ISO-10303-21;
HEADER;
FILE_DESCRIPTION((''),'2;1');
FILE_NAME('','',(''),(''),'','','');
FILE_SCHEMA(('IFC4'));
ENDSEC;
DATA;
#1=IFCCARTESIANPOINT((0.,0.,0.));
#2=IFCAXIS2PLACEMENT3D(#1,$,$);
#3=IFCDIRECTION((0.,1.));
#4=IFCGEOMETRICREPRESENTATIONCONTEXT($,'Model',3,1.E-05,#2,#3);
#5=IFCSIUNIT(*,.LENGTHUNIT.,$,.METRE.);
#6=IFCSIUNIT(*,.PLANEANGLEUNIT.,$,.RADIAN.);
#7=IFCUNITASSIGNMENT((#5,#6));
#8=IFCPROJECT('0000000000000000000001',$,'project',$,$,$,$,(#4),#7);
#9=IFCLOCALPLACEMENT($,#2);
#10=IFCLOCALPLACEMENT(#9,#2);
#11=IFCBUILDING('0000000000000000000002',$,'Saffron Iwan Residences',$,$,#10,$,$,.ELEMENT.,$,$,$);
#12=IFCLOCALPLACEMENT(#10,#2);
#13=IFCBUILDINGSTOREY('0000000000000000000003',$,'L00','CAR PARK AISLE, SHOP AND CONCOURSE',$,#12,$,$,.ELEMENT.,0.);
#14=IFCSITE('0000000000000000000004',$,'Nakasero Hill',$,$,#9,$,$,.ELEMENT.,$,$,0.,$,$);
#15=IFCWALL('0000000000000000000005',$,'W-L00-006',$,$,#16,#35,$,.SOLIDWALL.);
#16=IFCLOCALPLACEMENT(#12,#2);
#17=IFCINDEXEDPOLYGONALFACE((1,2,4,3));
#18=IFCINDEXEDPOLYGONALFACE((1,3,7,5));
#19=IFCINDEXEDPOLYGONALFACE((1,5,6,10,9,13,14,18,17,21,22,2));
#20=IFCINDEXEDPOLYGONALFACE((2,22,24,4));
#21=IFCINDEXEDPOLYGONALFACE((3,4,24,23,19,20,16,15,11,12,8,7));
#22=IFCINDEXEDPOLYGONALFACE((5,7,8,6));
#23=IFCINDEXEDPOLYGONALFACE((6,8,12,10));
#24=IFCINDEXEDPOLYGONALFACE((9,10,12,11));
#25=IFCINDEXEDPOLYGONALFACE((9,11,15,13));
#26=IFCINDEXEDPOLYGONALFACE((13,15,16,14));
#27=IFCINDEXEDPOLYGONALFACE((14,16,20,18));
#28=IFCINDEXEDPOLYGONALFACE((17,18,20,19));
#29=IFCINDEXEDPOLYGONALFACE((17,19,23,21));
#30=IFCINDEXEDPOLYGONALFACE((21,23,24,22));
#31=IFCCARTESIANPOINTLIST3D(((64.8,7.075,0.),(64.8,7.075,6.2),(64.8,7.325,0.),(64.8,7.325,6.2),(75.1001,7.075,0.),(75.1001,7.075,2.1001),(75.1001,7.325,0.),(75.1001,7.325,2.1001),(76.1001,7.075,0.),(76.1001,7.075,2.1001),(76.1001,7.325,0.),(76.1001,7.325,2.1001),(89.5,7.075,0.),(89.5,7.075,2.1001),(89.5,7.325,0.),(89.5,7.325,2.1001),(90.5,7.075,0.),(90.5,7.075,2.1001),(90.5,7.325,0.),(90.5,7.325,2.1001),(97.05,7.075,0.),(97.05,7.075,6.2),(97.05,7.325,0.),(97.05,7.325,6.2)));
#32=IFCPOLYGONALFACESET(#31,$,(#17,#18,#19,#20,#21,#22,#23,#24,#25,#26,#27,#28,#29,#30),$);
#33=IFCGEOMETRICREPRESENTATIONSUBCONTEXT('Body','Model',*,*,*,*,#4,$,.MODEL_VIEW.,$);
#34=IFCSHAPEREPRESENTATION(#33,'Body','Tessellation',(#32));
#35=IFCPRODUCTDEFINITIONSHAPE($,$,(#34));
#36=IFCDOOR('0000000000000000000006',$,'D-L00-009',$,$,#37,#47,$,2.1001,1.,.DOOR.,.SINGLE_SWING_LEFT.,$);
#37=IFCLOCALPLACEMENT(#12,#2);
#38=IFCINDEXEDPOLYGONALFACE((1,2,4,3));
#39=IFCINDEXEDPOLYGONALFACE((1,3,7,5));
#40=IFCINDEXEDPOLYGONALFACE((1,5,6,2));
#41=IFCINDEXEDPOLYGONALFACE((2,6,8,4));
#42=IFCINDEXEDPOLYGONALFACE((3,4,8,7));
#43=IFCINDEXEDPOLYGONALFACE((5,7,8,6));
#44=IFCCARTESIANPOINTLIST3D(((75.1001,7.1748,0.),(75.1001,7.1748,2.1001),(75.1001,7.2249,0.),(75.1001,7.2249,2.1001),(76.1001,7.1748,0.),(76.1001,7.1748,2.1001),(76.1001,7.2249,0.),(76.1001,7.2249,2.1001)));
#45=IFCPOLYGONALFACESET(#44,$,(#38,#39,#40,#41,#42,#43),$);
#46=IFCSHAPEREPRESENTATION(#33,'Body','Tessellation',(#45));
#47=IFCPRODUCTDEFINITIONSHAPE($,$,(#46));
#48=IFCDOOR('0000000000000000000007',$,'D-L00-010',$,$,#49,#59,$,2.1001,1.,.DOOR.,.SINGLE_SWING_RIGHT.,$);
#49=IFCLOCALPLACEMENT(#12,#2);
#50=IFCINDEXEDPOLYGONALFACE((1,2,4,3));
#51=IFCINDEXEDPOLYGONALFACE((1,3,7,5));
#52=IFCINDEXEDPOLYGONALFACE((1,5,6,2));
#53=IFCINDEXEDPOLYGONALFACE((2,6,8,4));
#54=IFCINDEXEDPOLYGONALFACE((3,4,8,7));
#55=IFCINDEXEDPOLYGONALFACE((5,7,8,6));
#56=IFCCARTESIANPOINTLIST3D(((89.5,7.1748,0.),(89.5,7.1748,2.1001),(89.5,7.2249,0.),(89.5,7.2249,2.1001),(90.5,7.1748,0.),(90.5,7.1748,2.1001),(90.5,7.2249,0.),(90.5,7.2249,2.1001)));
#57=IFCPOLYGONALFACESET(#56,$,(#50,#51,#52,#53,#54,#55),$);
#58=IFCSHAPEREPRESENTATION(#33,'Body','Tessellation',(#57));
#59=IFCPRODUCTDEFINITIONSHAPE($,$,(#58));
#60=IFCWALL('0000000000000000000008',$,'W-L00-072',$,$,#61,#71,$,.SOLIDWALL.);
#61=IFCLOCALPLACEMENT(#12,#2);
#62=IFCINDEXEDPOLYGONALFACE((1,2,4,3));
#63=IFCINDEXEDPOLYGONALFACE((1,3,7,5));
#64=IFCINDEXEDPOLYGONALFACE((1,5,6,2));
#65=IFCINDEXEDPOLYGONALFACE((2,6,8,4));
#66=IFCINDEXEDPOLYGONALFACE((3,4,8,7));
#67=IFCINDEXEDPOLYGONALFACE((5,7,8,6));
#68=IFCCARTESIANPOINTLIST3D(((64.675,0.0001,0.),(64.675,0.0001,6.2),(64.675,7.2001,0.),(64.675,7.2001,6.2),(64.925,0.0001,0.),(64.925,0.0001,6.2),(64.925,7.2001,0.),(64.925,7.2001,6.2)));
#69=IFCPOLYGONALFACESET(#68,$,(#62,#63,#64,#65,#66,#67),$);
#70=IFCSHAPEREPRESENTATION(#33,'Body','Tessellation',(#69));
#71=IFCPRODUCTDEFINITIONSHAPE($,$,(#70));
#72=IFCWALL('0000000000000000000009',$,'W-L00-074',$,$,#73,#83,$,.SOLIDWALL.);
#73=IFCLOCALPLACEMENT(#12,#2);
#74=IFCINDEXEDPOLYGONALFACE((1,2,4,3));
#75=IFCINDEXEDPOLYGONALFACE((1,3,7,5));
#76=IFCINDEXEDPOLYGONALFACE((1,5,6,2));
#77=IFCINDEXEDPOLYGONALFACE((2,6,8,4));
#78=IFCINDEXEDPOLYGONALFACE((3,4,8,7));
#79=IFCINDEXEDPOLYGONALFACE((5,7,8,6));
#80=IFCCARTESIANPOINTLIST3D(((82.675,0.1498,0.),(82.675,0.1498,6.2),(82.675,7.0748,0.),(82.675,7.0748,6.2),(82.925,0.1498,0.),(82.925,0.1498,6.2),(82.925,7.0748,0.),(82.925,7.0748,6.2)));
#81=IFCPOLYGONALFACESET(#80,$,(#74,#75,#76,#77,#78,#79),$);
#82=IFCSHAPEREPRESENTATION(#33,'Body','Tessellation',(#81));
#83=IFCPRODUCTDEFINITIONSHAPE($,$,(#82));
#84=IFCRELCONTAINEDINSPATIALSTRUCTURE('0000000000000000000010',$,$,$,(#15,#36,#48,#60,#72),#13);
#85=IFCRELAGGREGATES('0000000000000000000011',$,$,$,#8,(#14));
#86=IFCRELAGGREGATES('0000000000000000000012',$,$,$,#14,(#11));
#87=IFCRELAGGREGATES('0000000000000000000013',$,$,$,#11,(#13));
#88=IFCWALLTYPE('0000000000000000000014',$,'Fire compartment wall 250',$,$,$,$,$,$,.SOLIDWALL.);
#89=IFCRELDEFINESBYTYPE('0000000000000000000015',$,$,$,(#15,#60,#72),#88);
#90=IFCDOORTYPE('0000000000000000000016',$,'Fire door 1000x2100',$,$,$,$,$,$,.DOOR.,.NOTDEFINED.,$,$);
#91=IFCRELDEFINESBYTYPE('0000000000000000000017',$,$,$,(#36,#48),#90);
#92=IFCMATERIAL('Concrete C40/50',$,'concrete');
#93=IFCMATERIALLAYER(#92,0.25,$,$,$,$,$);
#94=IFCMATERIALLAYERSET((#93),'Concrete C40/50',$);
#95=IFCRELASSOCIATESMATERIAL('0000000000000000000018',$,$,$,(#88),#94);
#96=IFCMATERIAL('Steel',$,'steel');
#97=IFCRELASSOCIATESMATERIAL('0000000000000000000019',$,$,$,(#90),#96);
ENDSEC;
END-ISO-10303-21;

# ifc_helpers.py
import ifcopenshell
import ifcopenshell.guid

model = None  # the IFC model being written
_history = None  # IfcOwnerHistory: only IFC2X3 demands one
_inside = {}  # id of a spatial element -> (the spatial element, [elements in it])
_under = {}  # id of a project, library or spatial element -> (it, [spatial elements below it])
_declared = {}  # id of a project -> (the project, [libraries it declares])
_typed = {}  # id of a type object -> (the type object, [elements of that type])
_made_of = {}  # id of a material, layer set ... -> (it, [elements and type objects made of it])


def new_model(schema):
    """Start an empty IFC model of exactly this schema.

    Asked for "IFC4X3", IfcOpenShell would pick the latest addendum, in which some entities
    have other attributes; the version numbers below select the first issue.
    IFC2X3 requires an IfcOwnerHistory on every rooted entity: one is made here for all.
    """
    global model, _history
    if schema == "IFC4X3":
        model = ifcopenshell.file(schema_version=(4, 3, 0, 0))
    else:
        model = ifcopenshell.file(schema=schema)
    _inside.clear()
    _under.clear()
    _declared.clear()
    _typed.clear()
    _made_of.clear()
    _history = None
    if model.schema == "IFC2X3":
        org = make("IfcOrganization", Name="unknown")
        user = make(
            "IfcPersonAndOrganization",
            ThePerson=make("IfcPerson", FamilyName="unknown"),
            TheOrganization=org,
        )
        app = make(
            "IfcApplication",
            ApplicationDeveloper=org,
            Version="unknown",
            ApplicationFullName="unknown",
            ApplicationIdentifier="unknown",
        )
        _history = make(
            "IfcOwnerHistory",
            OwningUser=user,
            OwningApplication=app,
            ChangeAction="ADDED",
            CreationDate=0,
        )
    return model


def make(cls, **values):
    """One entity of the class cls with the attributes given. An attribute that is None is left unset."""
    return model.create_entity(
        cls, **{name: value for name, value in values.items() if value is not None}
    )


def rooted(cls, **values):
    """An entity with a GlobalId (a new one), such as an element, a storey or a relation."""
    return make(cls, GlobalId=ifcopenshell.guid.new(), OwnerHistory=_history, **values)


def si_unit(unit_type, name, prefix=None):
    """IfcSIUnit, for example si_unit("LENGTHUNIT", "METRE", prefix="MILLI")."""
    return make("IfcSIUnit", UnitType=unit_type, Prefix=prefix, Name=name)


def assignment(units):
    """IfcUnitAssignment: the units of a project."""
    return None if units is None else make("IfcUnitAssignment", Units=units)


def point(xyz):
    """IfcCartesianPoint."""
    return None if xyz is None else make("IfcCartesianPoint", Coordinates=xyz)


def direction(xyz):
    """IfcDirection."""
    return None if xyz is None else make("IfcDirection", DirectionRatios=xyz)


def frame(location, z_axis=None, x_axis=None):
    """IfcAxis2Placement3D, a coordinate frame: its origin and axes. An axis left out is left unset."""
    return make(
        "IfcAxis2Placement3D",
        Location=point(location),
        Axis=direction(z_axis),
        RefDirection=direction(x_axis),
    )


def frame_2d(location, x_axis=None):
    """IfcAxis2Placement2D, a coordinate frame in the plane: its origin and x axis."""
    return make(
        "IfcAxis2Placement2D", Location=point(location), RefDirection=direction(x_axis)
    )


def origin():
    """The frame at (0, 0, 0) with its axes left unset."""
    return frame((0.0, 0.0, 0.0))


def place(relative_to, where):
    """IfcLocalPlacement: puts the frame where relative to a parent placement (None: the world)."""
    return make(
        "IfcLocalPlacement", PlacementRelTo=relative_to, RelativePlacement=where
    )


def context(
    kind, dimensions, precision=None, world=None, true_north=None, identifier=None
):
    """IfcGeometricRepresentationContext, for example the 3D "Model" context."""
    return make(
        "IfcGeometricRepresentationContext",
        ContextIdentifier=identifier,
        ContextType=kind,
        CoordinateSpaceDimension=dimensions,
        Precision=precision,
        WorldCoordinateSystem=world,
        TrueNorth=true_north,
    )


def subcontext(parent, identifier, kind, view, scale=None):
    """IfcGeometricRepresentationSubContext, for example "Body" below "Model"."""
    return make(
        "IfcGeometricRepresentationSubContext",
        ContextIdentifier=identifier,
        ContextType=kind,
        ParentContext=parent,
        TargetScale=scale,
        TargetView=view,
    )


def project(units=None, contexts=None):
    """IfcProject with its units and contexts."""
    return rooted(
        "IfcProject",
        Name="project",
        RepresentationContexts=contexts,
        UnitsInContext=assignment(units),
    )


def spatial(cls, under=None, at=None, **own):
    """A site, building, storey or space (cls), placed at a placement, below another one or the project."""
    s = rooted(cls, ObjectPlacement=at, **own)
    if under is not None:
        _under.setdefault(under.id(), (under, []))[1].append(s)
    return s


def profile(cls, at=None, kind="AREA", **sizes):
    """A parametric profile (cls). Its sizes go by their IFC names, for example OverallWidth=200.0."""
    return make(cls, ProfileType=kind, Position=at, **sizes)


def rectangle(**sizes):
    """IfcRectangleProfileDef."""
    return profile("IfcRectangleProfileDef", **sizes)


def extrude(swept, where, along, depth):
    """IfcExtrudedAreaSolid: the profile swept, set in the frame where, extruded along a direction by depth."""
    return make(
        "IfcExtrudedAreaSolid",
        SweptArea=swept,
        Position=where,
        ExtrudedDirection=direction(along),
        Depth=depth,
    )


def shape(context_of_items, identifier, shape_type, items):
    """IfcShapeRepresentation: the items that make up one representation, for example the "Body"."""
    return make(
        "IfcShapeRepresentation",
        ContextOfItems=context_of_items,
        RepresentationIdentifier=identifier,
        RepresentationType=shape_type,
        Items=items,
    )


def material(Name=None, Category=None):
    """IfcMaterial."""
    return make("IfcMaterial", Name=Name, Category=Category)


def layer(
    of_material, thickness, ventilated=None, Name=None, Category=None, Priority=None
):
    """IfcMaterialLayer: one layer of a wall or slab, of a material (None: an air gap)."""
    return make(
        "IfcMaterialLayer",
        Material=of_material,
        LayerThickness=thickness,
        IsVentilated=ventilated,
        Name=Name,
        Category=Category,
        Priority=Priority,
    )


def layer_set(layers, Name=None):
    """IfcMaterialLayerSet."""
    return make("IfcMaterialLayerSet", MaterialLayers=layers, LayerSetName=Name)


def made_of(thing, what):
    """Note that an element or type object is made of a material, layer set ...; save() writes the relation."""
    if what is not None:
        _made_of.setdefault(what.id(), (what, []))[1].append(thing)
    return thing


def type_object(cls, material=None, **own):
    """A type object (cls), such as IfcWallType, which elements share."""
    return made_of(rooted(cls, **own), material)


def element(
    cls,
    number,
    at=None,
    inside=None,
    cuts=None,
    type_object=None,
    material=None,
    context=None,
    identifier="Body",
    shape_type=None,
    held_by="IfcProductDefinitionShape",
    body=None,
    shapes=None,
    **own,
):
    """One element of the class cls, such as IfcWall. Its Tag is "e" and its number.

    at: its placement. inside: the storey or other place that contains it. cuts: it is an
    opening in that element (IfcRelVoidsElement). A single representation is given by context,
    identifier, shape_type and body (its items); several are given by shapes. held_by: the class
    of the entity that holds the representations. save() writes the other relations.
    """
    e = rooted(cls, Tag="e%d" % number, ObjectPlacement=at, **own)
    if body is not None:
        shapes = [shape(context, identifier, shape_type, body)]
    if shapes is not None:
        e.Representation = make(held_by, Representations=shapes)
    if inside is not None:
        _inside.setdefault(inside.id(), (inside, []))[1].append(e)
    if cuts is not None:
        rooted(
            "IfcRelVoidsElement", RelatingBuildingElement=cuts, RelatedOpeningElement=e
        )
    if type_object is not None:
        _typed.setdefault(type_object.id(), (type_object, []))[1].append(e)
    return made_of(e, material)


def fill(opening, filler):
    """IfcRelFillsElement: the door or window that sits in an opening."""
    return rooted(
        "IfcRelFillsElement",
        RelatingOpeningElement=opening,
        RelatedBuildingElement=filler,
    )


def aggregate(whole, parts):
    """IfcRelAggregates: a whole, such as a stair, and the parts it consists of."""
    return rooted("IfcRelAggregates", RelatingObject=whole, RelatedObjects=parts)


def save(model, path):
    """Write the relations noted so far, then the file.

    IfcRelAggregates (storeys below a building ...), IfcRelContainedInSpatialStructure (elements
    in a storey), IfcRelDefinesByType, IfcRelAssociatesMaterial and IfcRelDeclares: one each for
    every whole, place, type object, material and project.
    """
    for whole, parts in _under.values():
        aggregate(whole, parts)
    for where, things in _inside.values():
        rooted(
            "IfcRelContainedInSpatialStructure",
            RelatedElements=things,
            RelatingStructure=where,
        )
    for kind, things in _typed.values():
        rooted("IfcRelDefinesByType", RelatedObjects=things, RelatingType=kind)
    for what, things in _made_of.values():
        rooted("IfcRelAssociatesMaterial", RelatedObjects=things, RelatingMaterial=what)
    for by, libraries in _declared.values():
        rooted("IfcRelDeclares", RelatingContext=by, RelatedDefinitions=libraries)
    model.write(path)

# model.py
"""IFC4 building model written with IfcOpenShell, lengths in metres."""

from ifc_helpers import new_model, si_unit, direction, frame, frame_2d, origin, place, context, subcontext, project, spatial, rectangle, extrude, material, layer, layer_set, type_object, element, fill, save


model = new_model("IFC4")

# Units and contexts
model_context = context("Model", 3, precision=1e-05, world=origin(), true_north=direction((0.0, 1.0)))
body_context = subcontext(model_context, "Body", "Model", "MODEL_VIEW")
ifc_project = project(units=[si_unit("LENGTHUNIT", "METRE"), si_unit("PLANEANGLEUNIT", "RADIAN")], contexts=[model_context])

# Site, building, storey
site_placement = place(None, origin())
site = spatial("IfcSite", under=ifc_project, at=site_placement, Name="Nakasero Hill", CompositionType="ELEMENT", RefElevation=0.0)
building_placement = place(site_placement, origin())
building = spatial("IfcBuilding", under=site, at=building_placement, Name="Saffron Iwan Residences", CompositionType="ELEMENT")
storey_placement = place(building_placement, origin())
storey = spatial("IfcBuildingStorey", under=building, at=storey_placement, Name="L00", Description="CAR PARK AISLE, SHOP AND CONCOURSE", CompositionType="ELEMENT", Elevation=0.0)

# Wall, openings, doors
ifc_material_1 = material(Name="Concrete C40/50", Category="concrete")
ifc_layer_1 = layer(ifc_material_1, 0.25)
ifc_layer_set_1 = layer_set([ifc_layer_1], Name="Concrete C40/50")
wall_type = type_object("IfcWallType", Name="Fire compartment wall 250", PredefinedType="SOLIDWALL", material=ifc_layer_set_1)
wall_1_placement = place(storey_placement, frame((64.8, 7.2, 0.0), z_axis=(0.0, 0.0, 1.0), x_axis=(1.0, 0.0, 0.0)))
wall_1 = element("IfcWall", 1, at=wall_1_placement, inside=storey, type_object=wall_type, Name="W-L00-006", PredefinedType="SOLIDWALL", context=body_context, shape_type="SweptSolid", body=[
    extrude(rectangle(XDim=32.25, YDim=0.25, at=frame_2d((16.125, 0.0))), origin(), (0.0, 0.0, 1.0), 6.2),
])
opening_1_placement = place(wall_1_placement, frame((10.3, 0.0, 0.0)))
opening_1 = element("IfcOpeningElement", 2, at=opening_1_placement, cuts=wall_1, PredefinedType="OPENING", context=body_context, shape_type="SweptSolid", body=[
    extrude(rectangle(XDim=1.0, YDim=2.1001, at=frame_2d((0.5, 1.05))), frame((0.0, 0.135, 0.0), z_axis=(0.0, -1.0, 0.0), x_axis=(1.0, 0.0, 0.0)), (0.0, 0.0, 1.0), 0.27),
])
opening_2_placement = place(wall_1_placement, frame((24.7, 0.0, 0.0)))
opening_2 = element("IfcOpeningElement", 3, at=opening_2_placement, cuts=wall_1, PredefinedType="OPENING", context=body_context, shape_type="SweptSolid", body=[
    extrude(rectangle(XDim=1.0, YDim=2.1001, at=frame_2d((0.5, 1.05))), frame((0.0, 0.135, 0.0), z_axis=(0.0, -1.0, 0.0), x_axis=(1.0, 0.0, 0.0)), (0.0, 0.0, 1.0), 0.27),
])
ifc_material_2 = material(Name="Steel", Category="steel")
door_type = type_object("IfcDoorType", Name="Fire door 1000x2100", OperationType="NOTDEFINED", PredefinedType="DOOR", material=ifc_material_2)
door_1_placement = place(opening_1_placement, origin())
door_1 = element("IfcDoor", 4, at=door_1_placement, inside=storey, type_object=door_type, Name="D-L00-009", OperationType="SINGLE_SWING_LEFT", OverallHeight=2.1001, OverallWidth=1.0, PredefinedType="DOOR", context=body_context, shape_type="SweptSolid", body=[
    extrude(rectangle(XDim=1.0, YDim=2.1001, at=frame_2d((0.5, 1.05))), frame((0.0, 0.0249, 0.0), z_axis=(0.0, -1.0, 0.0), x_axis=(1.0, 0.0, 0.0)), (0.0, 0.0, 1.0), 0.05),
])
fill(opening_1, door_1)
door_2_placement = place(opening_2_placement, origin())
door_2 = element("IfcDoor", 5, at=door_2_placement, inside=storey, type_object=door_type, Name="D-L00-010", OperationType="SINGLE_SWING_RIGHT", OverallHeight=2.1001, OverallWidth=1.0, PredefinedType="DOOR", context=body_context, shape_type="SweptSolid", body=[
    extrude(rectangle(XDim=1.0, YDim=2.1001, at=frame_2d((0.5, 1.05))), frame((0.0, 0.0249, 0.0), z_axis=(0.0, -1.0, 0.0), x_axis=(1.0, 0.0, 0.0)), (0.0, 0.0, 1.0), 0.05),
])
fill(opening_2, door_2)

# Walls
wall_2_placement = place(storey_placement, frame((64.8, 0.0, 0.0), z_axis=(0.0, 0.0, 1.0), x_axis=(0.0, 1.0, 0.0)))
element("IfcWall", 6, at=wall_2_placement, inside=storey, type_object=wall_type, Name="W-L00-072", PredefinedType="SOLIDWALL", context=body_context, shape_type="SweptSolid", body=[
    extrude(rectangle(XDim=7.2, YDim=0.25, at=frame_2d((3.6001, 0.0))), origin(), (0.0, 0.0, 1.0), 6.2),
])
wall_3_placement = place(storey_placement, frame((82.8, 0.1499, 0.0), z_axis=(0.0, 0.0, 1.0), x_axis=(0.0, 1.0, 0.0)))
element("IfcWall", 7, at=wall_3_placement, inside=storey, type_object=wall_type, Name="W-L00-074", PredefinedType="SOLIDWALL", context=body_context, shape_type="SweptSolid", body=[
    extrude(rectangle(XDim=6.925, YDim=0.25, at=frame_2d((3.4624, 0.0))), origin(), (0.0, 0.0, 1.0), 6.2),
])

save(model, "model.ifc")
